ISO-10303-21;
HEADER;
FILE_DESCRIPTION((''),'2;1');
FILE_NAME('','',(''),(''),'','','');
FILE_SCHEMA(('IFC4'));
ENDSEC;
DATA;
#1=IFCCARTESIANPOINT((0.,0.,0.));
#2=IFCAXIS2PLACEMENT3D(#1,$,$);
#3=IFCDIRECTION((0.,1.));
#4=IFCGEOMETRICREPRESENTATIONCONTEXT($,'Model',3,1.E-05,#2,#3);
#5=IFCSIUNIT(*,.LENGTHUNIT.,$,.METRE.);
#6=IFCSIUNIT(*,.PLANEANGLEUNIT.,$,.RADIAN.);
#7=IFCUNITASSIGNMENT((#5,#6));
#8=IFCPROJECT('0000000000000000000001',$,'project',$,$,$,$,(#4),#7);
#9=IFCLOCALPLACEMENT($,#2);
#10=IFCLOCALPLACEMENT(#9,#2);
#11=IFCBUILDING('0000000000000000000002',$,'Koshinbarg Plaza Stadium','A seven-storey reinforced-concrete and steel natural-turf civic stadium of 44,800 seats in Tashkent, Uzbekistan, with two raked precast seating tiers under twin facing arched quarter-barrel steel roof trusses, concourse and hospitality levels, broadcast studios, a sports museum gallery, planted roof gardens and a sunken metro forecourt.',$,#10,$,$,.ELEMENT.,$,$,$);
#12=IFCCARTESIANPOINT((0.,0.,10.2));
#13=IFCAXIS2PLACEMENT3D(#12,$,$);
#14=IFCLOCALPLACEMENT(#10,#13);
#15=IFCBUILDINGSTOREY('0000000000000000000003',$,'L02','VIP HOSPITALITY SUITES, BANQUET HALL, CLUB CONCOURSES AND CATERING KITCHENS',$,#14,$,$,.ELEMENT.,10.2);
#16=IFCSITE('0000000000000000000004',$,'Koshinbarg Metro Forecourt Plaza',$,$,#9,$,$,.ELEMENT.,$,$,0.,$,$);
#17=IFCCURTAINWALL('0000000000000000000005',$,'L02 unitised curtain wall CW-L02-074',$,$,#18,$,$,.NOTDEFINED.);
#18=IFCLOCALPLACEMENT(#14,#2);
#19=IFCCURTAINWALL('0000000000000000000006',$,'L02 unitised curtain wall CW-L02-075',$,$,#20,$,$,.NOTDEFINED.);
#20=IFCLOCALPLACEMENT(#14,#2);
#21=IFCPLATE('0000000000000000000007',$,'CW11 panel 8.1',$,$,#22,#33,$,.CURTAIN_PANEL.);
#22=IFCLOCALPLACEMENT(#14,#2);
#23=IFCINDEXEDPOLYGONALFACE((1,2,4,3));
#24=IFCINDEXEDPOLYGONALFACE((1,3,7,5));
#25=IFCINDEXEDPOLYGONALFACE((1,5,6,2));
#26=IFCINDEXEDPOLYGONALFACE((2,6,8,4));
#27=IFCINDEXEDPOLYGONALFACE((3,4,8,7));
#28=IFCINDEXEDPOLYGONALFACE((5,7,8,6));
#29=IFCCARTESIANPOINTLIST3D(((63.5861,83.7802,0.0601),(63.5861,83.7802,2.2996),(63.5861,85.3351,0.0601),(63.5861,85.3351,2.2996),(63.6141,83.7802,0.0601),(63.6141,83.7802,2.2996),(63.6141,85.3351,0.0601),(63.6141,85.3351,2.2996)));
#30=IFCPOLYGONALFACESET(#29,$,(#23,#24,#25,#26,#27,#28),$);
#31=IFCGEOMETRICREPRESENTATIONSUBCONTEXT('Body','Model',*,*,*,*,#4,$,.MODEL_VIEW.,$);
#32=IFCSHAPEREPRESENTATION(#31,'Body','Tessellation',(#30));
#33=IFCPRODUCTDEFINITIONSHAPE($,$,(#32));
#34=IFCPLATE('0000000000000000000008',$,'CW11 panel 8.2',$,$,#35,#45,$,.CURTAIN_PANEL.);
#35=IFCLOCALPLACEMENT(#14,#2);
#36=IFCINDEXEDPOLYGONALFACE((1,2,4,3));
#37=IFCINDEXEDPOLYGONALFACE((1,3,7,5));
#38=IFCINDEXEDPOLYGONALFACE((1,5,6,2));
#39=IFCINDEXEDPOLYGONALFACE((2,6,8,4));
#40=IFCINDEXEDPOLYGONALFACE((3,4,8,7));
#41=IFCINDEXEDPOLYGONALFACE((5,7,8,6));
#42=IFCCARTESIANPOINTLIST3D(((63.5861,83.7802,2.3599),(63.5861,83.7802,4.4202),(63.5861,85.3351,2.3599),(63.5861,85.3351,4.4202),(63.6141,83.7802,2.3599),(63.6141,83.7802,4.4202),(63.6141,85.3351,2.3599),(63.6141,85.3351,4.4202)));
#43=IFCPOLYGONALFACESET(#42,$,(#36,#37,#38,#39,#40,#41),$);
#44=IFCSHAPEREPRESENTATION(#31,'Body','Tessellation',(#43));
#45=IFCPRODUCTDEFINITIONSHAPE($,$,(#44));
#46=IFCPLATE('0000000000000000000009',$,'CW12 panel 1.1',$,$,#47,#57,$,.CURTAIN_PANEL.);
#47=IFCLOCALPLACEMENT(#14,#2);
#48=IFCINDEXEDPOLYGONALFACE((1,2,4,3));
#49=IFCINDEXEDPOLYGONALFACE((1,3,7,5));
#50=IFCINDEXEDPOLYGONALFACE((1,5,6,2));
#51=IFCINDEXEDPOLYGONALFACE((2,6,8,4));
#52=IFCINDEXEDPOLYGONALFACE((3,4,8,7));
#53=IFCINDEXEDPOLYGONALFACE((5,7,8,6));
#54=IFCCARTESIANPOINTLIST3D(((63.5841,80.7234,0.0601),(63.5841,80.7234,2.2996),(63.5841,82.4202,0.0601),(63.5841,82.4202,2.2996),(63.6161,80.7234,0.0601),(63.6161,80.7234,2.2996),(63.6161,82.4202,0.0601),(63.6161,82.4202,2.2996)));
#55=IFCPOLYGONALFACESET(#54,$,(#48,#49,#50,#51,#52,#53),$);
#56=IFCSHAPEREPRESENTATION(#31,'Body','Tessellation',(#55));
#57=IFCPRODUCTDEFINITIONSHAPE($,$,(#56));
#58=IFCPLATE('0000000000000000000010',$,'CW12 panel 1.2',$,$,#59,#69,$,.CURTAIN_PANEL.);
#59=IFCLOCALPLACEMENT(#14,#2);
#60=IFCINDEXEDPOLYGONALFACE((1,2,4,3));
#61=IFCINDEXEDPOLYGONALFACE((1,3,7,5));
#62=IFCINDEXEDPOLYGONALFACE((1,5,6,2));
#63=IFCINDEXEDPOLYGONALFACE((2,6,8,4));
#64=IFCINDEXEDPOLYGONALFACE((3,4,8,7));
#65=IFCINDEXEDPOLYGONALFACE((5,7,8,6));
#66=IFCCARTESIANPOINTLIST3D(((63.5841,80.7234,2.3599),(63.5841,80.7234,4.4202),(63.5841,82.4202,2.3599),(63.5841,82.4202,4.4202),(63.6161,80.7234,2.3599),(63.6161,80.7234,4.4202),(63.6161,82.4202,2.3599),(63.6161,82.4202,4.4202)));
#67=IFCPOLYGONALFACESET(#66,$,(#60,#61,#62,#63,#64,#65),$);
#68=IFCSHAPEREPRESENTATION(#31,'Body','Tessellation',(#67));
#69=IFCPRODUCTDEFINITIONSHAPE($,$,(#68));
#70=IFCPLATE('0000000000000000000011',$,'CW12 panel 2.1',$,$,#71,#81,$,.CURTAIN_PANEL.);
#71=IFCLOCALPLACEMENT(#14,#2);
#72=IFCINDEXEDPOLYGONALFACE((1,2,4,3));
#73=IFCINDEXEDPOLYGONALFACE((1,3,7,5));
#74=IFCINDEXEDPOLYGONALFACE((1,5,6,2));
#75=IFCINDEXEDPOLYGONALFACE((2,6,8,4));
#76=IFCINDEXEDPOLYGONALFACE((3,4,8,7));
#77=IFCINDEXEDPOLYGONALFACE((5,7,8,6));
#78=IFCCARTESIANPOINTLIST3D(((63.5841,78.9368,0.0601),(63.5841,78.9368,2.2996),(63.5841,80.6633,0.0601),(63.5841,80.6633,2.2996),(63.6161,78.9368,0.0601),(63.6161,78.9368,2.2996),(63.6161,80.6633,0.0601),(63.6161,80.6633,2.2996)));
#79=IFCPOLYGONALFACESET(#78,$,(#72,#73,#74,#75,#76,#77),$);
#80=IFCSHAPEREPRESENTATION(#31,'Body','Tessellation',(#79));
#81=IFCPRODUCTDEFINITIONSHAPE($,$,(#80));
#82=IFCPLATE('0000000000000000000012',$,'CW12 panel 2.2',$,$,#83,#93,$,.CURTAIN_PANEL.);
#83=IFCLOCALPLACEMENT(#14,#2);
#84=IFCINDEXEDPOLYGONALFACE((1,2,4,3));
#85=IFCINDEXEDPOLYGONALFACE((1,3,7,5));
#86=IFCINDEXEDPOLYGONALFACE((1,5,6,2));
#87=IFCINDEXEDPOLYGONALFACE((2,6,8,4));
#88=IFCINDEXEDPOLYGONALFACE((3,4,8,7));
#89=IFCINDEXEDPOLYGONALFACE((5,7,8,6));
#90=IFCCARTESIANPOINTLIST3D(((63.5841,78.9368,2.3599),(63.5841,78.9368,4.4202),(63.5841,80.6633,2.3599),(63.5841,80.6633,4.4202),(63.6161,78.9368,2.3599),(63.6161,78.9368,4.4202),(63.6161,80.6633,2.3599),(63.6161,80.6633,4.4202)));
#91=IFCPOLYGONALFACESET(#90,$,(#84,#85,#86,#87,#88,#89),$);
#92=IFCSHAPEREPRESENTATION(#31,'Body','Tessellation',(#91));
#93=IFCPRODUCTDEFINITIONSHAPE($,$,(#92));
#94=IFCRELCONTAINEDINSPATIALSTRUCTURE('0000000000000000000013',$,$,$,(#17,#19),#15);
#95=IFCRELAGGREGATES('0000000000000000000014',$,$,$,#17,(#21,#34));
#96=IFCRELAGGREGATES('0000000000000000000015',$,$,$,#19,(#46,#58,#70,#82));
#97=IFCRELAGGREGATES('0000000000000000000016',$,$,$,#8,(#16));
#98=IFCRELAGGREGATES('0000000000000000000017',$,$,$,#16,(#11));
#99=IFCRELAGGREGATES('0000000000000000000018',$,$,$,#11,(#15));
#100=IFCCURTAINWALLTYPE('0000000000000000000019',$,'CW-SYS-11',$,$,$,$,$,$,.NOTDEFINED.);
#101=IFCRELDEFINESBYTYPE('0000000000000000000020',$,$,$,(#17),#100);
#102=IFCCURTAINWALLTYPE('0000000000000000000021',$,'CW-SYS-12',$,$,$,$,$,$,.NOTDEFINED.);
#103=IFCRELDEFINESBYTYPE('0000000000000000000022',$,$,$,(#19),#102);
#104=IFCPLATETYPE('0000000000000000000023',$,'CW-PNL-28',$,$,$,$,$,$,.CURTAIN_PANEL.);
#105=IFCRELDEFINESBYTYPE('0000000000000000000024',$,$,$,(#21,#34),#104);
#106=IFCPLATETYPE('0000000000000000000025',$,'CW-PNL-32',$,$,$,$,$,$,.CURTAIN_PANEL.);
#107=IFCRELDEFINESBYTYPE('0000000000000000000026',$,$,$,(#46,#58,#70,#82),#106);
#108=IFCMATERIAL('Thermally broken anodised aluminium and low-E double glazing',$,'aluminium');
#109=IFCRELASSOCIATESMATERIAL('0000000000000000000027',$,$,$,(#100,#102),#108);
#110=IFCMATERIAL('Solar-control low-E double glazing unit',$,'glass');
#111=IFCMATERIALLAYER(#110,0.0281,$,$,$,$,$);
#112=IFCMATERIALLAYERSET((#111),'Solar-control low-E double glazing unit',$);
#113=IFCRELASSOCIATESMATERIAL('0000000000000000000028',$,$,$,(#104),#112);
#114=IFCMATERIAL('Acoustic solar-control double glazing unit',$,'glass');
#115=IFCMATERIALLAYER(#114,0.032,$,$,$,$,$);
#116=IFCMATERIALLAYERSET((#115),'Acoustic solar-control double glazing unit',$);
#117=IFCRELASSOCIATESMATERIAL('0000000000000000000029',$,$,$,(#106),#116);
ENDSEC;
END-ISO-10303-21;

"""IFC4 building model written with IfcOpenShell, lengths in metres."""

from ifc_helpers import new_model, si_unit, direction, frame, origin, origin_2d, place, context, subcontext, project, spatial, rectangle, extrude, material, layer, layer_set, type_object, element, aggregate, save


model = new_model("IFC4")

# Units and contexts
model_context = context("Model", 3, precision=1e-05, world=origin(), true_north=direction((0.0, 1.0)))
body_context = subcontext(model_context, "Body", "Model", "MODEL_VIEW")
ifc_project = project(units=[si_unit("LENGTHUNIT", "METRE"), si_unit("PLANEANGLEUNIT", "RADIAN")], contexts=[model_context])

# Site, building, storey
site_placement = place(None, origin())
site = spatial("IfcSite", under=ifc_project, at=site_placement, Name="Koshinbarg Metro Forecourt Plaza", CompositionType="ELEMENT", RefElevation=0.0)
building_placement = place(site_placement, origin())
building = spatial("IfcBuilding", under=site, at=building_placement, Name="Koshinbarg Plaza Stadium", Description="A seven-storey reinforced-concrete and steel natural-turf civic stadium of 44,800 seats in Tashkent, Uzbekistan, with two raked precast seating tiers under twin facing arched quarter-barrel steel roof trusses, concourse and hospitality levels, broadcast studios, a sports museum gallery, planted roof gardens and a sunken metro forecourt.", CompositionType="ELEMENT")
storey_placement = place(building_placement, frame((0.0, 0.0, 10.2)))
storey = spatial("IfcBuildingStorey", under=building, at=storey_placement, Name="L02", Description="VIP HOSPITALITY SUITES, BANQUET HALL, CLUB CONCOURSES AND CATERING KITCHENS", CompositionType="ELEMENT", Elevation=10.2)

# Curtain walls
ifc_material_1 = material(Name="Thermally broken anodised aluminium and low-E double glazing", Category="aluminium")
curtain_wall_type_1 = type_object("IfcCurtainWallType", Name="CW-SYS-11", PredefinedType="NOTDEFINED", material=ifc_material_1)
curtain_wall_1_placement = place(storey_placement, origin())
curtain_wall_1 = element("IfcCurtainWall", 1, at=curtain_wall_1_placement, inside=storey, type_object=curtain_wall_type_1, Name="L02 unitised curtain wall CW-L02-074", PredefinedType="NOTDEFINED")
curtain_wall_type_2 = type_object("IfcCurtainWallType", Name="CW-SYS-12", PredefinedType="NOTDEFINED", material=ifc_material_1)
curtain_wall_2_placement = place(storey_placement, origin())
curtain_wall_2 = element("IfcCurtainWall", 2, at=curtain_wall_2_placement, inside=storey, type_object=curtain_wall_type_2, Name="L02 unitised curtain wall CW-L02-075", PredefinedType="NOTDEFINED")

# Plates
ifc_material_2 = material(Name="Solar-control low-E double glazing unit", Category="glass")
ifc_layer_1 = layer(ifc_material_2, 0.0281)
ifc_layer_set_1 = layer_set([ifc_layer_1], Name="Solar-control low-E double glazing unit")
plate_type_1 = type_object("IfcPlateType", Name="CW-PNL-28", PredefinedType="CURTAIN_PANEL", material=ifc_layer_set_1)
plate_1_placement = place(storey_placement, frame((63.6001, 84.5576, 0.0601), z_axis=(0.0, 0.0, 1.0), x_axis=(0.0, -1.0, 0.0)))
plate_1 = element("IfcPlate", 3, at=plate_1_placement, type_object=plate_type_1, Name="CW11 panel 8.1", PredefinedType="CURTAIN_PANEL", context=body_context, shape_type="SweptSolid", body=[
    extrude(rectangle(XDim=1.5549, YDim=0.0281, at=origin_2d()), origin(), (0.0, 0.0, 1.0), 2.2395),
])
plate_2_placement = place(storey_placement, frame((63.6001, 84.5576, 2.3599), z_axis=(0.0, 0.0, 1.0), x_axis=(0.0, -1.0, 0.0)))
plate_2 = element("IfcPlate", 4, at=plate_2_placement, type_object=plate_type_1, Name="CW11 panel 8.2", PredefinedType="CURTAIN_PANEL", context=body_context, shape_type="SweptSolid", body=[
    extrude(rectangle(XDim=1.5549, YDim=0.0281, at=origin_2d()), origin(), (0.0, 0.0, 1.0), 2.0603),
])
aggregate(curtain_wall_1, [plate_1, plate_2])
ifc_material_3 = material(Name="Acoustic solar-control double glazing unit", Category="glass")
ifc_layer_2 = layer(ifc_material_3, 0.032)
ifc_layer_set_2 = layer_set([ifc_layer_2], Name="Acoustic solar-control double glazing unit")
plate_type_2 = type_object("IfcPlateType", Name="CW-PNL-32", PredefinedType="CURTAIN_PANEL", material=ifc_layer_set_2)
plate_3_placement = place(storey_placement, frame((63.6001, 81.5718, 0.0601), z_axis=(0.0, 0.0, 1.0), x_axis=(0.0, -1.0, 0.0)))
plate_3 = element("IfcPlate", 5, at=plate_3_placement, type_object=plate_type_2, Name="CW12 panel 1.1", PredefinedType="CURTAIN_PANEL", context=body_context, shape_type="SweptSolid", body=[
    extrude(rectangle(XDim=1.6968, YDim=0.032, at=origin_2d()), origin(), (0.0, 0.0, 1.0), 2.2395),
])
plate_4_placement = place(storey_placement, frame((63.6001, 81.5718, 2.3599), z_axis=(0.0, 0.0, 1.0), x_axis=(0.0, -1.0, 0.0)))
plate_4 = element("IfcPlate", 6, at=plate_4_placement, type_object=plate_type_2, Name="CW12 panel 1.2", PredefinedType="CURTAIN_PANEL", context=body_context, shape_type="SweptSolid", body=[
    extrude(rectangle(XDim=1.6968, YDim=0.032, at=origin_2d()), origin(), (0.0, 0.0, 1.0), 2.0603),
])
plate_5_placement = place(storey_placement, frame((63.6001, 79.8, 0.0601), z_axis=(0.0, 0.0, 1.0), x_axis=(0.0, -1.0, 0.0)))
plate_5 = element("IfcPlate", 7, at=plate_5_placement, type_object=plate_type_2, Name="CW12 panel 2.1", PredefinedType="CURTAIN_PANEL", context=body_context, shape_type="SweptSolid", body=[
    extrude(rectangle(XDim=1.7266, YDim=0.032, at=origin_2d()), origin(), (0.0, 0.0, 1.0), 2.2395),
])
plate_6_placement = place(storey_placement, frame((63.6001, 79.8, 2.3599), z_axis=(0.0, 0.0, 1.0), x_axis=(0.0, -1.0, 0.0)))
plate_6 = element("IfcPlate", 8, at=plate_6_placement, type_object=plate_type_2, Name="CW12 panel 2.2", PredefinedType="CURTAIN_PANEL", context=body_context, shape_type="SweptSolid", body=[
    extrude(rectangle(XDim=1.7266, YDim=0.032, at=origin_2d()), origin(), (0.0, 0.0, 1.0), 2.0603),
])
aggregate(curtain_wall_2, [plate_3, plate_4, plate_5, plate_6])

save(model, "model.ifc")
